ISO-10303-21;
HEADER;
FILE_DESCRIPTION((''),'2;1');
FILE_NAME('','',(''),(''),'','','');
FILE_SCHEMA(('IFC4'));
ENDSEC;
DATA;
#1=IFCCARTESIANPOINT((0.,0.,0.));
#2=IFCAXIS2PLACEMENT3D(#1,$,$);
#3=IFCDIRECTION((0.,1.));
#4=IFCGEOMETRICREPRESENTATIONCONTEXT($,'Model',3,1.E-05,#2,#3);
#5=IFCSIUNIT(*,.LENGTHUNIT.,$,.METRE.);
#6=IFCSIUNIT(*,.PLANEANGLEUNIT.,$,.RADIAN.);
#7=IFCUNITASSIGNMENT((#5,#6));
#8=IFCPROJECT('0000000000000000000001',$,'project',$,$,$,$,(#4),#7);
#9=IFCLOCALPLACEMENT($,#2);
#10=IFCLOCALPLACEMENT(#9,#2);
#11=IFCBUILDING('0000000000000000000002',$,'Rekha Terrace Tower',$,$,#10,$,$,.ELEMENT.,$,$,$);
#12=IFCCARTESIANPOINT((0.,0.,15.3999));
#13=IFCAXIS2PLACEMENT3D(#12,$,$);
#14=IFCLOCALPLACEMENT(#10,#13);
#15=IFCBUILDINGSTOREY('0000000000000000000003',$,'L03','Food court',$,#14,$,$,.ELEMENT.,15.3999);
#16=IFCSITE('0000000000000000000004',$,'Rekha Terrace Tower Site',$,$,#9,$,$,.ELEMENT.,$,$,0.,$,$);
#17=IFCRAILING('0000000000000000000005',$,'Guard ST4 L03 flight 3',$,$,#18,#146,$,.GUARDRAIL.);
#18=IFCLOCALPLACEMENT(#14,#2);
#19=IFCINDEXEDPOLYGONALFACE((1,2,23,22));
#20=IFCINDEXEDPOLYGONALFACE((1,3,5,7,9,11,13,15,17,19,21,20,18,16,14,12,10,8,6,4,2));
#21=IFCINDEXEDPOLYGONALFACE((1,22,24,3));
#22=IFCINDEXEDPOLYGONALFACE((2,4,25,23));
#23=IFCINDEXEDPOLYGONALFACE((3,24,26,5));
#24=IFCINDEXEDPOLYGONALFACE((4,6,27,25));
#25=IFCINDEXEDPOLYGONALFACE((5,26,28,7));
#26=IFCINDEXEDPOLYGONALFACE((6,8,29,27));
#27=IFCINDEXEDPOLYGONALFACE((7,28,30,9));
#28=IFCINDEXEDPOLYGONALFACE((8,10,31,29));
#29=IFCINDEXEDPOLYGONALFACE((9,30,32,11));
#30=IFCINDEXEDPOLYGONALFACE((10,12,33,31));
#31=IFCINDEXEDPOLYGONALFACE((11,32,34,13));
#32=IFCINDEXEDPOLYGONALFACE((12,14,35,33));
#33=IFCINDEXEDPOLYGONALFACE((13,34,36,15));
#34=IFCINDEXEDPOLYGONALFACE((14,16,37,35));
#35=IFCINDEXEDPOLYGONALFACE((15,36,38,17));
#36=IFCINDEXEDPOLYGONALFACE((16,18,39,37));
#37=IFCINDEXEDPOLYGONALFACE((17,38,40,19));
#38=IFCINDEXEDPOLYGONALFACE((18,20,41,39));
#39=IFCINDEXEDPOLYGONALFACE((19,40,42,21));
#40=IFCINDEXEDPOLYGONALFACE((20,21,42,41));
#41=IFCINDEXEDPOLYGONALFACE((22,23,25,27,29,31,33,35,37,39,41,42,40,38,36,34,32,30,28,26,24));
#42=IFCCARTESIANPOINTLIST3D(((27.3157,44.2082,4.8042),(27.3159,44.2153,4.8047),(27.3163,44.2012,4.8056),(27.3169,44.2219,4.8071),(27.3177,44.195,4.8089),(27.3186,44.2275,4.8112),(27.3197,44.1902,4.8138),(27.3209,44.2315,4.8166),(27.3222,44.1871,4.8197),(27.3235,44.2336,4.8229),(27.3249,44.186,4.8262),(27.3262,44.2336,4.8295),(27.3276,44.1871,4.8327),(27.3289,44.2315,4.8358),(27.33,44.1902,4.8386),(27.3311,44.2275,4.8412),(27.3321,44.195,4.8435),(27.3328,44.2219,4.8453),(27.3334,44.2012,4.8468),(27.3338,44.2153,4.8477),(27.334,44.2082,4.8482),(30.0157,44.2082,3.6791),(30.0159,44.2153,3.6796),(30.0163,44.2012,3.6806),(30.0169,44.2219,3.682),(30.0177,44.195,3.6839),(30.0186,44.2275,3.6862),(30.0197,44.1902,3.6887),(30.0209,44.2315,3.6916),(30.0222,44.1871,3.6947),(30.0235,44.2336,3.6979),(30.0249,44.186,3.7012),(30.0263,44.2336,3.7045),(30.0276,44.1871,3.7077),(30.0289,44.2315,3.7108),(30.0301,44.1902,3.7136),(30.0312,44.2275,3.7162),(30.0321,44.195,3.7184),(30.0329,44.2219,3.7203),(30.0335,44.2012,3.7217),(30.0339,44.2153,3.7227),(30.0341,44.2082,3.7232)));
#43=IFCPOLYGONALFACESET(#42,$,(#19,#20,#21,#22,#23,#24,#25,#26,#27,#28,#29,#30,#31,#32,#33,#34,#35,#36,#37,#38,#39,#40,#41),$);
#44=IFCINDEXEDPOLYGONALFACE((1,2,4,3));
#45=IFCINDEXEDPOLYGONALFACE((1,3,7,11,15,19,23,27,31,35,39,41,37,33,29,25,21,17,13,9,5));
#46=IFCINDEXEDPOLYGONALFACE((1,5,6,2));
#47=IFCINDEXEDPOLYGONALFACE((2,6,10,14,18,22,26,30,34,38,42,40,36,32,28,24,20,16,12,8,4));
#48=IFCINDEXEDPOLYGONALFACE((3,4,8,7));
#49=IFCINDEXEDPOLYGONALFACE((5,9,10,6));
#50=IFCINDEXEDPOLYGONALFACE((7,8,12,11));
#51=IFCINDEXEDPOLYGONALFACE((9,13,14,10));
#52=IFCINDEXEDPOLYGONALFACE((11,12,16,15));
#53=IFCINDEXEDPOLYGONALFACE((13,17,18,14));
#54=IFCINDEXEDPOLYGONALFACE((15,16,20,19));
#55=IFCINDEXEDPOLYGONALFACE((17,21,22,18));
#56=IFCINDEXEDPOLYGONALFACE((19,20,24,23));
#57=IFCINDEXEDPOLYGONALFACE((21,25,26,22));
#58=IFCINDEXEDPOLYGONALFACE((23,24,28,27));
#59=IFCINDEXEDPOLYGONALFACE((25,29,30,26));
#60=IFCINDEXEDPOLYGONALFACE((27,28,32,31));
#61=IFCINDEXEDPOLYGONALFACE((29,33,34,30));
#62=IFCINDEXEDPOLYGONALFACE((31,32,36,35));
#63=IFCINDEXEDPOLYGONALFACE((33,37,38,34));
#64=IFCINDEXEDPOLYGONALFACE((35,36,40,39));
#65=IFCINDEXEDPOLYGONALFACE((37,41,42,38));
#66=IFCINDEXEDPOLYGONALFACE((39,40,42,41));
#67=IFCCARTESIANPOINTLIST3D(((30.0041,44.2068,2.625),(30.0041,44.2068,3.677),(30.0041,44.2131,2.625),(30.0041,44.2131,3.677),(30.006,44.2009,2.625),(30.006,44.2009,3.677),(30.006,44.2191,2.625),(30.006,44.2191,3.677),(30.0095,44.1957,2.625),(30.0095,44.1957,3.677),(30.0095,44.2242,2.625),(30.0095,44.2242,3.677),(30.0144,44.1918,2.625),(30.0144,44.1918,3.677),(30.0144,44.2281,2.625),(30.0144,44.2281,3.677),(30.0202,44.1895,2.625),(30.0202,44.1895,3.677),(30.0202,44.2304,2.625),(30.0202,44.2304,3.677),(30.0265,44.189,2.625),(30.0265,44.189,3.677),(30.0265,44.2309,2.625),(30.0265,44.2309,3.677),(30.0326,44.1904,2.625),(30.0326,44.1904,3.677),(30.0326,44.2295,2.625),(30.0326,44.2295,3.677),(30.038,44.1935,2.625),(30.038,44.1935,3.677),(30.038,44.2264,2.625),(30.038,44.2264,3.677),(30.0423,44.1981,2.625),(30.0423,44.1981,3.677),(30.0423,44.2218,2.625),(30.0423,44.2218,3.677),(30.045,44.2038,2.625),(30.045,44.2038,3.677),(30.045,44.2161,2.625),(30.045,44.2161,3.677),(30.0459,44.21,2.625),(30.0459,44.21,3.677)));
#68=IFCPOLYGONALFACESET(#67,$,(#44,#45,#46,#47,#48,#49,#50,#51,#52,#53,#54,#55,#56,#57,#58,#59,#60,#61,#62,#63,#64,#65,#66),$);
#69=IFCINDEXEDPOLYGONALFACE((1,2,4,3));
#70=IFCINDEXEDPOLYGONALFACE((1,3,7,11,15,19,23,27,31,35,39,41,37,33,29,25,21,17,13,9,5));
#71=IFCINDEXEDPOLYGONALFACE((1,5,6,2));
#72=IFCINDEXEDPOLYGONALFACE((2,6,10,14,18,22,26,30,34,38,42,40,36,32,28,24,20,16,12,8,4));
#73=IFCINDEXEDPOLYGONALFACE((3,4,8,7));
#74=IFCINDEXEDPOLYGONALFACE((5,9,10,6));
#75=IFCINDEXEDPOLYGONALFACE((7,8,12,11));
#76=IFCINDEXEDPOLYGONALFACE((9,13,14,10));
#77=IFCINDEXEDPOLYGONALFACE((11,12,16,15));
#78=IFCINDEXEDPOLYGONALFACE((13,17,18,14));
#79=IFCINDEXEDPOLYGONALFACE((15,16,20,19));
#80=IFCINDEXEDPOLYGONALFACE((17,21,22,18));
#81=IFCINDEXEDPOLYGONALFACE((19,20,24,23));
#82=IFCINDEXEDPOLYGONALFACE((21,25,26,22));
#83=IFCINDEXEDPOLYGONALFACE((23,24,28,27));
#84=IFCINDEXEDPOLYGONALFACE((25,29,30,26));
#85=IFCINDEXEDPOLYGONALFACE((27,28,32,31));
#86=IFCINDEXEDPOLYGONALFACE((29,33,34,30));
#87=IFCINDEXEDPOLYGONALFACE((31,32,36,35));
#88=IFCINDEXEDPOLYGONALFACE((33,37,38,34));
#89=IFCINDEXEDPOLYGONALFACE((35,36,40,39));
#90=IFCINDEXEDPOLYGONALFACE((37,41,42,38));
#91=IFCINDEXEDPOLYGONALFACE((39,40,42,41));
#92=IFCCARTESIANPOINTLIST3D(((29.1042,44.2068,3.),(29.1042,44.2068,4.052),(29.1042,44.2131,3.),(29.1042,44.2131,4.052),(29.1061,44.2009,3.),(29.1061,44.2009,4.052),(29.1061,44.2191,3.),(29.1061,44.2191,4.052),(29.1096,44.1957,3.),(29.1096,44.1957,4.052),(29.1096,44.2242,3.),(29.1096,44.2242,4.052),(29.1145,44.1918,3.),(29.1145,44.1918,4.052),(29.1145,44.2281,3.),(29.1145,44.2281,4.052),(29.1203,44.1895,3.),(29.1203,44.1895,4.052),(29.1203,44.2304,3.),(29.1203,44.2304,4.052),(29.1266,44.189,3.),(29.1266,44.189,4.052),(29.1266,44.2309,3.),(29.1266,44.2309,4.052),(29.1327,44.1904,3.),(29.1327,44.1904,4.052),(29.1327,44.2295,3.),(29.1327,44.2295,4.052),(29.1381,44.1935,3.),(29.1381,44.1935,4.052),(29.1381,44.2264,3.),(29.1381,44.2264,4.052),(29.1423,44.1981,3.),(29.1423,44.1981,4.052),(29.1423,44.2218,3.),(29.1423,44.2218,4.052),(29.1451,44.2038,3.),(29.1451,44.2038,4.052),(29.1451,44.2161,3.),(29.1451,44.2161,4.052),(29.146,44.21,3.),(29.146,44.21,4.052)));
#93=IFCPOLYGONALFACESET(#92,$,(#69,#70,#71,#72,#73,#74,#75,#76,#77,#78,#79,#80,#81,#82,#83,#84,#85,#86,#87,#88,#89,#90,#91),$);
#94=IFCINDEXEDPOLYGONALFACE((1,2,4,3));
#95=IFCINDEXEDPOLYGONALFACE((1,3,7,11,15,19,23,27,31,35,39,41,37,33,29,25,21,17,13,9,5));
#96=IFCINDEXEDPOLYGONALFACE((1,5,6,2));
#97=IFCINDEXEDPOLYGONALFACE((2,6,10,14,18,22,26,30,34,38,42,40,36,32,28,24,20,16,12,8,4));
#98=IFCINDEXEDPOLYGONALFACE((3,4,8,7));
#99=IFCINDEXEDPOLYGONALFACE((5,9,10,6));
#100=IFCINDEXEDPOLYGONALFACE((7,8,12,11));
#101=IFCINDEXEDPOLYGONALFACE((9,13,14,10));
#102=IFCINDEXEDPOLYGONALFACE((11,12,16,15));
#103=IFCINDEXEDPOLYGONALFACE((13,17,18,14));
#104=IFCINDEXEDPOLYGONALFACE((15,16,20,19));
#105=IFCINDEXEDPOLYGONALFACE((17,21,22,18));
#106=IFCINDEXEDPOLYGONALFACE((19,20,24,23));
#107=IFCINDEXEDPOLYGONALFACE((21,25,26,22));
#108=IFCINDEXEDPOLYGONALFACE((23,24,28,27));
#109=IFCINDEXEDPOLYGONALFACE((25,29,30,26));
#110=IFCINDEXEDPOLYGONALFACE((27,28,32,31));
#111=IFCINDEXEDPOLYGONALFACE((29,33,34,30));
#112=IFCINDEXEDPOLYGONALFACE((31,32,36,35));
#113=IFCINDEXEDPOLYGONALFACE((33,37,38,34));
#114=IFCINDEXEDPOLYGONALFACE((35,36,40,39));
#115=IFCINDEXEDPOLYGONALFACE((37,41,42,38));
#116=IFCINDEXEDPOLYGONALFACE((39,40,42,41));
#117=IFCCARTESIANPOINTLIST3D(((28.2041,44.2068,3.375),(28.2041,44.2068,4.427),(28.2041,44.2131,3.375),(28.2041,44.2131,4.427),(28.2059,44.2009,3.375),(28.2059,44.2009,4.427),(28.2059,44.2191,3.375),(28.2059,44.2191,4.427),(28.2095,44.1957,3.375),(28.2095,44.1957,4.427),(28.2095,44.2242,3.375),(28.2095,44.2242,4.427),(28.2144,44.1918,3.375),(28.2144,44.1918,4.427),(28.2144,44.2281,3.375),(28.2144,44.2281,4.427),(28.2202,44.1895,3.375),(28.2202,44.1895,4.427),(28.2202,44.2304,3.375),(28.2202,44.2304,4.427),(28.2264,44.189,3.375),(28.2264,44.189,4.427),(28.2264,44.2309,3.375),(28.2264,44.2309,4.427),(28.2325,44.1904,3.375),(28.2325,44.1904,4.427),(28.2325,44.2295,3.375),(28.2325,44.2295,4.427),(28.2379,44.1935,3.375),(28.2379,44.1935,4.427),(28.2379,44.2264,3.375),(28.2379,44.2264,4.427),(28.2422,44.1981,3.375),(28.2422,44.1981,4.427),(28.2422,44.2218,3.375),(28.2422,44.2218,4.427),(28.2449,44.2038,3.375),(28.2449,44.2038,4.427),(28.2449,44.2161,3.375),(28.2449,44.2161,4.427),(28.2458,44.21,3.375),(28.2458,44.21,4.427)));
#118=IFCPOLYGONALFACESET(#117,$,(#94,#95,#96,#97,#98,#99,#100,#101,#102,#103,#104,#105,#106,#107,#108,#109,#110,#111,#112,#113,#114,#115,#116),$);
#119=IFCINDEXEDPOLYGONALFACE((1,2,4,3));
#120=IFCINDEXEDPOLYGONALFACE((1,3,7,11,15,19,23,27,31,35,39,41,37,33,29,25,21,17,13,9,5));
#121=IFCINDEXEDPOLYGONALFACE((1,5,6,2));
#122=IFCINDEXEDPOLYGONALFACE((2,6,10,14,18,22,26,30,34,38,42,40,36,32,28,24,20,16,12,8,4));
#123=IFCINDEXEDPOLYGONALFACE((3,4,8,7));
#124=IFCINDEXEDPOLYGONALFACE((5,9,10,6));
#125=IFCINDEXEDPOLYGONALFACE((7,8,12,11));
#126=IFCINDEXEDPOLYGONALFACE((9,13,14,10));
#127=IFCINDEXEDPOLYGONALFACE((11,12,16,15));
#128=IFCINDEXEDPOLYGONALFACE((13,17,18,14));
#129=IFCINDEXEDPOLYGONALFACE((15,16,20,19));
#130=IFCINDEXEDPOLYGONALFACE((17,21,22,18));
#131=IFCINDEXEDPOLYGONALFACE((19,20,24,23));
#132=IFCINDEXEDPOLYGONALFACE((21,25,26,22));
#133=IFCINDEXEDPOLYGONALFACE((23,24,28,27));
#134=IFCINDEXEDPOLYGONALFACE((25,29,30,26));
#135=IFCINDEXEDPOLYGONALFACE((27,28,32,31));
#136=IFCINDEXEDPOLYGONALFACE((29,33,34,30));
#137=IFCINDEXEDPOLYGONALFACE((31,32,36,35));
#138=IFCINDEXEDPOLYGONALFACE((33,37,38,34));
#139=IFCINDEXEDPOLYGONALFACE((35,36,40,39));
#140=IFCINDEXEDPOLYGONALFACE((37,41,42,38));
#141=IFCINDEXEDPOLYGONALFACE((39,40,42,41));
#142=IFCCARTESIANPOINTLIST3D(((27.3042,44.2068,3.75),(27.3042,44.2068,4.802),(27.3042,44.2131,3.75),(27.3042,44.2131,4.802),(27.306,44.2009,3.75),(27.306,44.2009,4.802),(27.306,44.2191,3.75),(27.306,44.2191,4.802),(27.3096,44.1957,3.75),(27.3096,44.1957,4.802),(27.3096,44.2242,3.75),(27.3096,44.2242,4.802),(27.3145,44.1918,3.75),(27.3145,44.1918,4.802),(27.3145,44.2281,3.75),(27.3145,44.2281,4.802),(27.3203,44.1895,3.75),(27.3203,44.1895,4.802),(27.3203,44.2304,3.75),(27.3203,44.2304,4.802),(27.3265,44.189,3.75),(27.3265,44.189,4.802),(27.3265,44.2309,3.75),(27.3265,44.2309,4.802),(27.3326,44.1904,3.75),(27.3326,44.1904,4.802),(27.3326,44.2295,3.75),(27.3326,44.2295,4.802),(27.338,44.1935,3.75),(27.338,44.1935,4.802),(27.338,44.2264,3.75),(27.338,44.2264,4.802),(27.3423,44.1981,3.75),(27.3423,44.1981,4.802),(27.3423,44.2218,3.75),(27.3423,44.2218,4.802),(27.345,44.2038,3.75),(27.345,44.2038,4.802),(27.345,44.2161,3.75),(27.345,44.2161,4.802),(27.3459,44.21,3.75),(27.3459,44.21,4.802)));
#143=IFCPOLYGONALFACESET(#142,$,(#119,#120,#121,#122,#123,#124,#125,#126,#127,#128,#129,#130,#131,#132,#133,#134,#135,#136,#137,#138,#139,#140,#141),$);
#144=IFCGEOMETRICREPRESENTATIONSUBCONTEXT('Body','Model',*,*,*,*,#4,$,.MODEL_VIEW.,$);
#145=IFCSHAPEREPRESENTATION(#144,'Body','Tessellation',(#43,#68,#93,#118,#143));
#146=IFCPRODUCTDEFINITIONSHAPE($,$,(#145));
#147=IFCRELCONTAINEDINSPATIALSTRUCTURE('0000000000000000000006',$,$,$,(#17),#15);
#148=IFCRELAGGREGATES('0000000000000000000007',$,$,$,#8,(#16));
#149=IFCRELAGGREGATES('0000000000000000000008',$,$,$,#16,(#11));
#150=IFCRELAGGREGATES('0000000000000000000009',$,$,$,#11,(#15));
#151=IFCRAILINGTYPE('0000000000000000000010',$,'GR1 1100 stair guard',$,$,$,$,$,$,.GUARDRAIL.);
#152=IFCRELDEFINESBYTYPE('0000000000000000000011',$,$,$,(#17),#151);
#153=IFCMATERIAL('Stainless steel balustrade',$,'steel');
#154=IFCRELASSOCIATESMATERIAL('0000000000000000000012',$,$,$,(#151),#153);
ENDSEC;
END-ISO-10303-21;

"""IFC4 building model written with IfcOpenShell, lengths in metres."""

from ifc_helpers import new_model, si_unit, direction, frame, origin, origin_2d, place, context, subcontext, project, spatial, circle, extrude, material, type_object, element, save


model = new_model("IFC4")

# Units and contexts
model_context = context("Model", 3, precision=1e-05, world=origin(), true_north=direction((0.0, 1.0)))
body_context = subcontext(model_context, "Body", "Model", "MODEL_VIEW")
ifc_project = project(units=[si_unit("LENGTHUNIT", "METRE"), si_unit("PLANEANGLEUNIT", "RADIAN")], contexts=[model_context])

# Site, building, storey
site_placement = place(None, origin())
site = spatial("IfcSite", under=ifc_project, at=site_placement, Name="Rekha Terrace Tower Site", CompositionType="ELEMENT", RefElevation=0.0)
building_placement = place(site_placement, origin())
building = spatial("IfcBuilding", under=site, at=building_placement, Name="Rekha Terrace Tower", CompositionType="ELEMENT")
storey_placement = place(building_placement, frame((0.0, 0.0, 15.3999)))
storey = spatial("IfcBuildingStorey", under=building, at=storey_placement, Name="L03", Description="Food court", CompositionType="ELEMENT", Elevation=15.3999)

# Railing
ifc_material_1 = material(Name="Stainless steel balustrade", Category="steel")
railing_type_1 = type_object("IfcRailingType", Name="GR1 1100 stair guard", PredefinedType="GUARDRAIL", material=ifc_material_1)
railing_1_placement = place(storey_placement, frame((30.0249, 44.21, 2.625)))
element("IfcRailing", 1, at=railing_1_placement, inside=storey, type_object=railing_type_1, Name="Guard ST4 L03 flight 3", PredefinedType="GUARDRAIL", context=body_context, shape_type="SweptSolid", body=[
    extrude(circle(Radius=0.0239, at=origin_2d()), frame((0.0, 0.0, 1.0762), z_axis=(-0.923074, 0.0, 0.384621), x_axis=(0.0, -1.0, 0.0)), (0.0, 0.0, 1.0), 2.925),
    extrude(circle(Radius=0.021, at=origin_2d()), origin(), (0.0, 0.0, 1.0), 1.052),
    extrude(circle(Radius=0.021, at=origin_2d()), frame((-0.8999, 0.0, 0.375)), (0.0, 0.0, 1.0), 1.052),
    extrude(circle(Radius=0.021, at=origin_2d()), frame((-1.8, 0.0, 0.75)), (0.0, 0.0, 1.0), 1.052),
    extrude(circle(Radius=0.021, at=origin_2d()), frame((-2.7, 0.0, 1.125)), (0.0, 0.0, 1.0), 1.052),
])

save(model, "model.ifc")
